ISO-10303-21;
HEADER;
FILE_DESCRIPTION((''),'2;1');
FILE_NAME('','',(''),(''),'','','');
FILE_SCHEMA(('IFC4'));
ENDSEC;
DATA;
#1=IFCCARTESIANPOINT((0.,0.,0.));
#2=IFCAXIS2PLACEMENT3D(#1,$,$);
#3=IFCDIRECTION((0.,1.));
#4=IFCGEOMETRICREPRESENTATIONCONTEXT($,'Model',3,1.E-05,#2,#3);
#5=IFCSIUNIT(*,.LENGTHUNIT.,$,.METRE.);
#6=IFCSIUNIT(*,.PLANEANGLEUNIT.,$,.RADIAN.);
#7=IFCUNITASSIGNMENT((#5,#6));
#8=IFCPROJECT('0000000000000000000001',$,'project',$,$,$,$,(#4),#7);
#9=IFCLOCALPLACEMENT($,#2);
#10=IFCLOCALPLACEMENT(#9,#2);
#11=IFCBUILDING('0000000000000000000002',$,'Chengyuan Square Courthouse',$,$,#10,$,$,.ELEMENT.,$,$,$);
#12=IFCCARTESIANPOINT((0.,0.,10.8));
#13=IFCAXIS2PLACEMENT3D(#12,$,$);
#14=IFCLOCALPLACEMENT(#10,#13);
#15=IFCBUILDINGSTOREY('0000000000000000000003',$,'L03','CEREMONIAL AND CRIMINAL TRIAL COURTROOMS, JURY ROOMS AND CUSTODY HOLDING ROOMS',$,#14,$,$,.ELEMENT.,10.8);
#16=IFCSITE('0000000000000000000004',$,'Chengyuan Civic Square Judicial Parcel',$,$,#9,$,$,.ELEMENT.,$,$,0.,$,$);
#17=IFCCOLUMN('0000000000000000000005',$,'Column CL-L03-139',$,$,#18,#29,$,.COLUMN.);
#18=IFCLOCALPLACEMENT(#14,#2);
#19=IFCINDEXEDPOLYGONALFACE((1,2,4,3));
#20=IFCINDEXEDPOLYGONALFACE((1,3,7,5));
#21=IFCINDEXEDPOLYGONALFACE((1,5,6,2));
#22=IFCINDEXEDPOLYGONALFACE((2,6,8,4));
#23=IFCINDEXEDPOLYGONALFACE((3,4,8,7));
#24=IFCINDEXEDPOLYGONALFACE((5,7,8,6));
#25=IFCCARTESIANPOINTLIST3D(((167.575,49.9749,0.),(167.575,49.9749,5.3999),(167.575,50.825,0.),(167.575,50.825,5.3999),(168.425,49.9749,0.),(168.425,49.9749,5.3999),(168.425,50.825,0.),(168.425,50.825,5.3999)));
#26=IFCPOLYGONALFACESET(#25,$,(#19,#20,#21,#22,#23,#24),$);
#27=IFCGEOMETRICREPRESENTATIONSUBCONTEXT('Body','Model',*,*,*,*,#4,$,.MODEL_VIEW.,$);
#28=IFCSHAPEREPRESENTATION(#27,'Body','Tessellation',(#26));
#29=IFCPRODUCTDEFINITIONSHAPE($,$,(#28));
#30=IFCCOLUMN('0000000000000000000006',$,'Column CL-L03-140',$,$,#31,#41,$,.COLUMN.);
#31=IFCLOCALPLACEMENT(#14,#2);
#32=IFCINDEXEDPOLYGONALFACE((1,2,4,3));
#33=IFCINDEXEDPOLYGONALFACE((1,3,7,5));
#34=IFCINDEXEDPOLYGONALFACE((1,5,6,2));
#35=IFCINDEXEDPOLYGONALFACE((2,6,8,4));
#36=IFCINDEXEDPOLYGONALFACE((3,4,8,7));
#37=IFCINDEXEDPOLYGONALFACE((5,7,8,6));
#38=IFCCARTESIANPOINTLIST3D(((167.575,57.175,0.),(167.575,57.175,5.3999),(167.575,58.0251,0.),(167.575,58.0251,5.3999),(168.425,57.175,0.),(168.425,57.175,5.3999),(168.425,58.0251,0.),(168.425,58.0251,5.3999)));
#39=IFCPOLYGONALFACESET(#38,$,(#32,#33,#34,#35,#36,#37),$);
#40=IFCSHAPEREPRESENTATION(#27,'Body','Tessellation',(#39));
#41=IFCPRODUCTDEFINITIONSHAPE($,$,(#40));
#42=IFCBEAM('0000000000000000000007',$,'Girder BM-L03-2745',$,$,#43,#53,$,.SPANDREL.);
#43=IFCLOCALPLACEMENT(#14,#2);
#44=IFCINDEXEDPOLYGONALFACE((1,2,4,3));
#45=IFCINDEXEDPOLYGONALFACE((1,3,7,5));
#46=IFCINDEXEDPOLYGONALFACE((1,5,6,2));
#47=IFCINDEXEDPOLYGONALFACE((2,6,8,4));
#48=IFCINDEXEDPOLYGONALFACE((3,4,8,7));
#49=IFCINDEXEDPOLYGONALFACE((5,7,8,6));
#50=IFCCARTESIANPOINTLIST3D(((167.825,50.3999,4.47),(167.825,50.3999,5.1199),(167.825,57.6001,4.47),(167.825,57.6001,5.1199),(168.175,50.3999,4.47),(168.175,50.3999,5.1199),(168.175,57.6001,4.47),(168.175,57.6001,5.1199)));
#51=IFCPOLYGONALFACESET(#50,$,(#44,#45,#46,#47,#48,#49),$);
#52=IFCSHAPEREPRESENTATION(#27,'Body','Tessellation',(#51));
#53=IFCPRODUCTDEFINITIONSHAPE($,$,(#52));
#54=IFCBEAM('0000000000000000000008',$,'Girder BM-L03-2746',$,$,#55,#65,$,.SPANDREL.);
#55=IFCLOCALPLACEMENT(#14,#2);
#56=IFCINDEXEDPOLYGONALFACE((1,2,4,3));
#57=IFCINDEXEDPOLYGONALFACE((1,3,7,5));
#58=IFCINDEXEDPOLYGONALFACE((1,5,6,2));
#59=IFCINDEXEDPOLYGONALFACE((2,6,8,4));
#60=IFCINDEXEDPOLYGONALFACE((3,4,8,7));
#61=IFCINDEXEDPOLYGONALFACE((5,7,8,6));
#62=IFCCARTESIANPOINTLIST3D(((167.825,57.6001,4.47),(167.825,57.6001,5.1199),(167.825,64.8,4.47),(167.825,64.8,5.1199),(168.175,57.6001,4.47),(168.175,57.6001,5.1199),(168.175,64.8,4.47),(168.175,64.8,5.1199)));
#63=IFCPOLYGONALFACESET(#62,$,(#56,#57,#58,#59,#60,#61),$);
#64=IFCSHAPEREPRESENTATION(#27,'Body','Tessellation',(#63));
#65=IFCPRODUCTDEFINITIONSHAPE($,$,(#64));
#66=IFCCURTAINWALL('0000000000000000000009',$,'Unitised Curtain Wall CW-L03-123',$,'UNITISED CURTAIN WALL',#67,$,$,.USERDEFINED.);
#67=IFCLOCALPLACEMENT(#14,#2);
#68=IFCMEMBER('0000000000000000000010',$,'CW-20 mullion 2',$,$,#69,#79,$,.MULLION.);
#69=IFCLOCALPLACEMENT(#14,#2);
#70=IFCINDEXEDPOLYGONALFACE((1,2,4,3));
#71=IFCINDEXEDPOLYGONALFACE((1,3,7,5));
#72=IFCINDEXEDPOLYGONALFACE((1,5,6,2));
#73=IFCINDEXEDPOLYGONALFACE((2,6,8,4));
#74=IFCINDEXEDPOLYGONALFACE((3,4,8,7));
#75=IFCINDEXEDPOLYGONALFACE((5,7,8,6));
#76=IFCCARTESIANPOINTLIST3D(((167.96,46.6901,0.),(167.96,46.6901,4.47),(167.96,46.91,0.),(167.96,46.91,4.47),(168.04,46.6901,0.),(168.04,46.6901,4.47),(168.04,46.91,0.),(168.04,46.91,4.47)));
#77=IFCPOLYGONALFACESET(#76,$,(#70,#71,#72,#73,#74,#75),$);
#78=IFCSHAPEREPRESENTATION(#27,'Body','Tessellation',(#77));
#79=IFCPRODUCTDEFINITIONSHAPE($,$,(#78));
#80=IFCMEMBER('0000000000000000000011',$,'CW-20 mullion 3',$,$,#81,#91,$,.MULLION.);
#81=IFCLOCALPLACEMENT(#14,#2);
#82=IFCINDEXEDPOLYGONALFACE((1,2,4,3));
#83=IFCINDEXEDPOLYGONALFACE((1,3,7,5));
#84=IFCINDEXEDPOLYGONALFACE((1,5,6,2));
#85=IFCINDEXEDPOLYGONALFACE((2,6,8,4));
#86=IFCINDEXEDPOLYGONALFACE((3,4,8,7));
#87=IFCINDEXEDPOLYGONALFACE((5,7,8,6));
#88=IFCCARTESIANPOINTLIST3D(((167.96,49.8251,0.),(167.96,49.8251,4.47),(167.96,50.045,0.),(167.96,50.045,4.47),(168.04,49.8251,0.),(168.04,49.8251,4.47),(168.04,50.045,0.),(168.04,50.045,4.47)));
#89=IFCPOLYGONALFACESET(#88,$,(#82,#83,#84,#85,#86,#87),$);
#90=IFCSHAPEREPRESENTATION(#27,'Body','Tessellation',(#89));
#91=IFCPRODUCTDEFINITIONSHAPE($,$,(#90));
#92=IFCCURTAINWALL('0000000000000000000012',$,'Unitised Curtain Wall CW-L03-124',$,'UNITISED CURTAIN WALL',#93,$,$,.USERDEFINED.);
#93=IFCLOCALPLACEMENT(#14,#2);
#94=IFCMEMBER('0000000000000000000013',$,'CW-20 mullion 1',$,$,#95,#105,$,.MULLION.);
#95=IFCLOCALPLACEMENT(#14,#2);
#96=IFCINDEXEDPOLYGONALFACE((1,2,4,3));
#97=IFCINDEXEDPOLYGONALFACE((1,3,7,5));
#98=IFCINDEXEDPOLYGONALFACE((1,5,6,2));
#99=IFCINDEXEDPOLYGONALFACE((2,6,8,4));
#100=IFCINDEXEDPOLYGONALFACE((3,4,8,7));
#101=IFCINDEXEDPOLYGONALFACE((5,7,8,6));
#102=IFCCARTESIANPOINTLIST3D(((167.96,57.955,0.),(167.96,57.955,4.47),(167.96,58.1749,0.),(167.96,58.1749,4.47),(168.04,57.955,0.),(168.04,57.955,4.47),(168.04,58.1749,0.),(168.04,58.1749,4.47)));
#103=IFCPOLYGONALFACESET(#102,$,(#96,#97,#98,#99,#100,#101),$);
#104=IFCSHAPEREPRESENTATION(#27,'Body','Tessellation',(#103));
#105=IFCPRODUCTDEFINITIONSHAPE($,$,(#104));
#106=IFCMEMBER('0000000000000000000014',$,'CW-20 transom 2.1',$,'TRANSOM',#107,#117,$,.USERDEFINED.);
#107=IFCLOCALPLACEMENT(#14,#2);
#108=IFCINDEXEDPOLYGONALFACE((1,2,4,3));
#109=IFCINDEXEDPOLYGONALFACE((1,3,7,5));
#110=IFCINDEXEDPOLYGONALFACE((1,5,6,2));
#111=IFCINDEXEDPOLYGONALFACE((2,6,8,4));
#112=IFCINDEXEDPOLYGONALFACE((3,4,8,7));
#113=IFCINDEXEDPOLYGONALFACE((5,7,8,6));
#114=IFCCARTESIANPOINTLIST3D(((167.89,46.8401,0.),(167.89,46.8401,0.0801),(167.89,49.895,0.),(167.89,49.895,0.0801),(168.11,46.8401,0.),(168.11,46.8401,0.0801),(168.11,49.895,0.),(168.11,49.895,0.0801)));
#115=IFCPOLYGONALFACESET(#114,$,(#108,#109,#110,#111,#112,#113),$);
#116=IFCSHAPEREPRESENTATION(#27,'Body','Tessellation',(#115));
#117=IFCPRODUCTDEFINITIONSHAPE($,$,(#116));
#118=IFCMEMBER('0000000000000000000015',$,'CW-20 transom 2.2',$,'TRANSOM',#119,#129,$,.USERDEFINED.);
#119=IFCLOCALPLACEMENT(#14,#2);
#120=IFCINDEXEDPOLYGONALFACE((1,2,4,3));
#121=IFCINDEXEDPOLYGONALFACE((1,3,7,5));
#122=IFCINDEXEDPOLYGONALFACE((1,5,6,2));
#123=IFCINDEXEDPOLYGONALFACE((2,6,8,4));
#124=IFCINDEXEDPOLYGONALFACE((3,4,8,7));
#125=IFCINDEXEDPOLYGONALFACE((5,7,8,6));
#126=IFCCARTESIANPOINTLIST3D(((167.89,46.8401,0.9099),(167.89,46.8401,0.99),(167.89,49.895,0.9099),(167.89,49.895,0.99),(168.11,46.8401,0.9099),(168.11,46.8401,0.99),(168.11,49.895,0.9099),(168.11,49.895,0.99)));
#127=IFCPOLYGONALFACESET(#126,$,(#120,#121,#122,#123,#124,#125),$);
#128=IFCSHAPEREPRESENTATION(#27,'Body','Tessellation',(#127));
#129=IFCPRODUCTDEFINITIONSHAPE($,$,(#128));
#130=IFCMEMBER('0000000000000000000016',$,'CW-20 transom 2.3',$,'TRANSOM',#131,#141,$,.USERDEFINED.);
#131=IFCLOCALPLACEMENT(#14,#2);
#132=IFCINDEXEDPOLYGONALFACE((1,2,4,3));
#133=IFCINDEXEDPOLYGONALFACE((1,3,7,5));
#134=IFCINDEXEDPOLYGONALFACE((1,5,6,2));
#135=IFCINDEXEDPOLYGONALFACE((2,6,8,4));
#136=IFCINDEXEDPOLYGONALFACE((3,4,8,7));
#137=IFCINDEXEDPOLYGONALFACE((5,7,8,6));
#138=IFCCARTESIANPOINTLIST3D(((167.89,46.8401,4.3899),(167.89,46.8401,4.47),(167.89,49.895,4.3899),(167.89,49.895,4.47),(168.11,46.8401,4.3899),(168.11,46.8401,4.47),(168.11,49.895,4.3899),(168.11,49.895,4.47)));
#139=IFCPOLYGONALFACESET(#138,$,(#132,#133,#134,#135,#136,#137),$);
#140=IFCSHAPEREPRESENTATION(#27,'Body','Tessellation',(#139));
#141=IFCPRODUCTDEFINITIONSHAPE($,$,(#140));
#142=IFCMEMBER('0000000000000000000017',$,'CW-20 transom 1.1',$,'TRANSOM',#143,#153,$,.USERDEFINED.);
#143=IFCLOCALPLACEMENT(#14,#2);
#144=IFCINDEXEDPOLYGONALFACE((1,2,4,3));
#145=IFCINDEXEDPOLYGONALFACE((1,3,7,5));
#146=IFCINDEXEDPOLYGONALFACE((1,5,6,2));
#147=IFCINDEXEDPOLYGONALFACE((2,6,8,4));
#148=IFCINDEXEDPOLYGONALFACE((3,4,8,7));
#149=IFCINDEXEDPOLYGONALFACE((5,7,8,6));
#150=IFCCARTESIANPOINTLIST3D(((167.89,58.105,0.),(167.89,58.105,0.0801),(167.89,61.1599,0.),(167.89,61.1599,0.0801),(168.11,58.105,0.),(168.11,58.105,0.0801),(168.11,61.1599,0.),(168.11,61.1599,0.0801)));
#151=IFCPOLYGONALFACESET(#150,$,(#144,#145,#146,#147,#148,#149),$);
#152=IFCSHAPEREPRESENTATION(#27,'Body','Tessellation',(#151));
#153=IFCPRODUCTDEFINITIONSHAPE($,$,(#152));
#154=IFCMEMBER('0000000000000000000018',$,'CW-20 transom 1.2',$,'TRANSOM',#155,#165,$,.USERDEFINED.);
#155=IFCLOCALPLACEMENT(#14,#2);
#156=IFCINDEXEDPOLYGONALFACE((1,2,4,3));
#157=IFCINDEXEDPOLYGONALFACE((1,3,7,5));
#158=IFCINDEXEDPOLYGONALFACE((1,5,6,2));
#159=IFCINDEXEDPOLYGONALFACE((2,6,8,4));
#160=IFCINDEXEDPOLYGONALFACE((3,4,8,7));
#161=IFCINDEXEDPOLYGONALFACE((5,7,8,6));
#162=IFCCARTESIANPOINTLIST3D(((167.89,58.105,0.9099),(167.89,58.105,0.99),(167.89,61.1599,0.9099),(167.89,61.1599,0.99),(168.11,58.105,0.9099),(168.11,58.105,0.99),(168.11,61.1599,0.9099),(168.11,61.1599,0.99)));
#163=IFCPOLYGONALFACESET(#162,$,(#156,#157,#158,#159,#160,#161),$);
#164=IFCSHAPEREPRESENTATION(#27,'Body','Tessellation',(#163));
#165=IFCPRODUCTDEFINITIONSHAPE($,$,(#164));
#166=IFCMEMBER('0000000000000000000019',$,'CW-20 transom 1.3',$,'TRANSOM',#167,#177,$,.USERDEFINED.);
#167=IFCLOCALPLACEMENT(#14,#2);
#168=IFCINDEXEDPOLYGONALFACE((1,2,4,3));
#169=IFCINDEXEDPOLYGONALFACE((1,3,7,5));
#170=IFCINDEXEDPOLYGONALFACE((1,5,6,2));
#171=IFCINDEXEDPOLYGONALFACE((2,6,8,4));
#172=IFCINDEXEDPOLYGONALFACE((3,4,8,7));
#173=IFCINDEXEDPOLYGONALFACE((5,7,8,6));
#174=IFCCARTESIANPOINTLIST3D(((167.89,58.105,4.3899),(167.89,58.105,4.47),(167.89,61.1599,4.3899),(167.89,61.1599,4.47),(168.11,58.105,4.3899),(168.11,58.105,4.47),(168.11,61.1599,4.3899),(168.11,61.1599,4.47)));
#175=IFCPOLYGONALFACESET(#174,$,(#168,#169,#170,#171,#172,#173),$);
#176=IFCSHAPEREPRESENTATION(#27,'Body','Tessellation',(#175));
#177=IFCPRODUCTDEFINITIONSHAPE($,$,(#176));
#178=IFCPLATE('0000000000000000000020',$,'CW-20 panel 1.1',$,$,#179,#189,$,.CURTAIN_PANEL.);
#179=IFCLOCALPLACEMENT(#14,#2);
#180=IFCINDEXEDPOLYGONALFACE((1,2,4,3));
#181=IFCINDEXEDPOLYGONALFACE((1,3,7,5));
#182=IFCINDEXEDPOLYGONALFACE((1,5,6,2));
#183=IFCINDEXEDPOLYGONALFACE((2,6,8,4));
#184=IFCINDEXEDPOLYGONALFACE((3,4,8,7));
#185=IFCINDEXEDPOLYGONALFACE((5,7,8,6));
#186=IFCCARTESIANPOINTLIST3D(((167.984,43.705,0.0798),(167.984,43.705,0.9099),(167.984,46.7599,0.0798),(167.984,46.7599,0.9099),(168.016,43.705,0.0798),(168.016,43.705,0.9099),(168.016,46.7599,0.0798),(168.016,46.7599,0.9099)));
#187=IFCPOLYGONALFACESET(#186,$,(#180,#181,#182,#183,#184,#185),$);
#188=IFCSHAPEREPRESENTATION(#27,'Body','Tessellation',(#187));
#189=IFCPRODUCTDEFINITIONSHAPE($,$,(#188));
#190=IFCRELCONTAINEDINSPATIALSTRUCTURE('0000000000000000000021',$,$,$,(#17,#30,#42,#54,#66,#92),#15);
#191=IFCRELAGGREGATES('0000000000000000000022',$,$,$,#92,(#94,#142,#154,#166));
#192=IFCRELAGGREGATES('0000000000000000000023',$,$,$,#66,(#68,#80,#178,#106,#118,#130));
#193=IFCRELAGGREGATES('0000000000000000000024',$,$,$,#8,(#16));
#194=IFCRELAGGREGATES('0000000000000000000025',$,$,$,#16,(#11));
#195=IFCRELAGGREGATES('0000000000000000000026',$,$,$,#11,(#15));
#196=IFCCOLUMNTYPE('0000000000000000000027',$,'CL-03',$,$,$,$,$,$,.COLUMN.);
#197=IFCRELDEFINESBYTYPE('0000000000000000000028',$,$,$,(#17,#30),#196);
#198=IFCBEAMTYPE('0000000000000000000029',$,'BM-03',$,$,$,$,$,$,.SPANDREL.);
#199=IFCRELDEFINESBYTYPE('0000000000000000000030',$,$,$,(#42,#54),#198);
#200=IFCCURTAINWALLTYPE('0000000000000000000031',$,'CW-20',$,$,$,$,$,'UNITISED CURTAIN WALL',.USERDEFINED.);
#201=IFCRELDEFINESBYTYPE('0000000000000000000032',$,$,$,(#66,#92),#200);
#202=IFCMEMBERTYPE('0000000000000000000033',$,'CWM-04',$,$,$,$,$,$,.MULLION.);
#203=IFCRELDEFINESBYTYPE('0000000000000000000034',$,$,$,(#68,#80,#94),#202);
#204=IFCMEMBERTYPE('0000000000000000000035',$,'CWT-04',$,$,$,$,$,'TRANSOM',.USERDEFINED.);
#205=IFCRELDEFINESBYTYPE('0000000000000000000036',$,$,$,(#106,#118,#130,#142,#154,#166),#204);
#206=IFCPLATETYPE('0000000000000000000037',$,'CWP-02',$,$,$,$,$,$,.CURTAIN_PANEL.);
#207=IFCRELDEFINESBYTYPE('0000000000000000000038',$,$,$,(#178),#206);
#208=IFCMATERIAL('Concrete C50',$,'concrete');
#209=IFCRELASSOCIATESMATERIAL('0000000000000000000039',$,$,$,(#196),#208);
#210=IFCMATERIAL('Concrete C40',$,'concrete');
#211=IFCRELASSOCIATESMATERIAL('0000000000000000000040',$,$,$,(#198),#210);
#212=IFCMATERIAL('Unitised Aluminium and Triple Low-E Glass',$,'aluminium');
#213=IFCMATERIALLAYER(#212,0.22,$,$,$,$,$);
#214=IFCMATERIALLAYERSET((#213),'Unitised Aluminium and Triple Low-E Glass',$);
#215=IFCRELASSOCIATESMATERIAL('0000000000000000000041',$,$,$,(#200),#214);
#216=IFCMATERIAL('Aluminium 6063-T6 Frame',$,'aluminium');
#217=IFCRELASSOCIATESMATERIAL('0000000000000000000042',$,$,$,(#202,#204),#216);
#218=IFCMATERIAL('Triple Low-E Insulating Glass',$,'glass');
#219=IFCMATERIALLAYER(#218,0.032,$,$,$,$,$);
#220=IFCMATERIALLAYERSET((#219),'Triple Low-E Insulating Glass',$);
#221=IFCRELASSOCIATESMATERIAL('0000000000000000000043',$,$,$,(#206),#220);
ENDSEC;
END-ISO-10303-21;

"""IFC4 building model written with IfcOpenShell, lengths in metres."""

from ifc_helpers import new_model, si_unit, direction, frame, origin, origin_2d, place, context, subcontext, project, spatial, rectangle, extrude, material, layer, layer_set, material_profile, profile_set, type_object, element, aggregate, save


model = new_model("IFC4")

# Units and contexts
model_context = context("Model", 3, precision=1e-05, world=origin(), true_north=direction((0.0, 1.0)))
body_context = subcontext(model_context, "Body", "Model", "MODEL_VIEW")
ifc_project = project(units=[si_unit("LENGTHUNIT", "METRE"), si_unit("PLANEANGLEUNIT", "RADIAN")], contexts=[model_context])

# Site, building, storey
site_placement = place(None, origin())
site = spatial("IfcSite", under=ifc_project, at=site_placement, Name="Chengyuan Civic Square Judicial Parcel", CompositionType="ELEMENT", RefElevation=0.0)
building_placement = place(site_placement, origin())
building = spatial("IfcBuilding", under=site, at=building_placement, Name="Chengyuan Square Courthouse", CompositionType="ELEMENT")
storey_placement = place(building_placement, frame((0.0, 0.0, 10.8)))
storey = spatial("IfcBuildingStorey", under=building, at=storey_placement, Name="L03", Description="CEREMONIAL AND CRIMINAL TRIAL COURTROOMS, JURY ROOMS AND CUSTODY HOLDING ROOMS", CompositionType="ELEMENT", Elevation=10.8)

# Columns
ifc_material_1 = material(Name="Concrete C50", Category="concrete")
ifc_material_profile_1 = material_profile(ifc_material_1, rectangle(XDim=0.8501, YDim=0.8501, at=origin_2d()), Name="RC-COL-850x850")
ifc_profile_set_1 = profile_set([ifc_material_profile_1], Name="Concrete C50")
column_type = type_object("IfcColumnType", Name="CL-03", PredefinedType="COLUMN", material=ifc_profile_set_1)
for number, where, z_axis, x_axis, name in (
    (1, (168.0, 50.3999, 0.0), (0.0, 0.0, 1.0), (1.0, 0.0, 0.0), "Column CL-L03-139"),
    (2, (168.0, 57.6001, 0.0), (0.0, 0.0, 1.0), (1.0, 0.0, 0.0), "Column CL-L03-140"),
):
    element("IfcColumn", number, at=place(storey_placement, frame(where, z_axis=z_axis, x_axis=x_axis)), inside=storey, type_object=column_type, Name=name, PredefinedType="COLUMN", context=body_context, shape_type="SweptSolid", body=[
        extrude(rectangle(XDim=0.8501, YDim=0.8501, at=origin_2d()), origin(), (0.0, 0.0, 1.0), 5.3999),
    ])

# Beams
ifc_material_2 = material(Name="Concrete C40", Category="concrete")
ifc_material_profile_2 = material_profile(ifc_material_2, rectangle(XDim=0.3501, YDim=0.6499, at=origin_2d()), Name="RC-BM-350x650")
ifc_profile_set_2 = profile_set([ifc_material_profile_2], Name="Concrete C40")
beam_type = type_object("IfcBeamType", Name="BM-03", PredefinedType="SPANDREL", material=ifc_profile_set_2)
beam_1_placement = place(storey_placement, frame((168.0, 50.3999, 4.7949), z_axis=(0.0, 1.0, 0.0), x_axis=(-1.0, 0.0, 0.0)))
element("IfcBeam", 3, at=beam_1_placement, inside=storey, type_object=beam_type, Name="Girder BM-L03-2745", PredefinedType="SPANDREL", context=body_context, shape_type="SweptSolid", body=[
    extrude(rectangle(XDim=0.3501, YDim=0.6499, at=origin_2d()), origin(), (0.0, 0.0, 1.0), 7.2002),
])
beam_2_placement = place(storey_placement, frame((168.0, 57.6001, 4.7949), z_axis=(0.0, 1.0, 0.0), x_axis=(-1.0, 0.0, 0.0)))
element("IfcBeam", 4, at=beam_2_placement, inside=storey, type_object=beam_type, Name="Girder BM-L03-2746", PredefinedType="SPANDREL", context=body_context, shape_type="SweptSolid", body=[
    extrude(rectangle(XDim=0.3501, YDim=0.6499, at=origin_2d()), origin(), (0.0, 0.0, 1.0), 7.2),
])

# Curtain wall, members
ifc_material_3 = material(Name="Unitised Aluminium and Triple Low-E Glass", Category="aluminium")
ifc_layer_1 = layer(ifc_material_3, 0.22)
ifc_layer_set_1 = layer_set([ifc_layer_1], Name="Unitised Aluminium and Triple Low-E Glass")
curtain_wall_type = type_object("IfcCurtainWallType", Name="CW-20", ElementType="UNITISED CURTAIN WALL", PredefinedType="USERDEFINED", material=ifc_layer_set_1)
curtain_wall_1_placement = place(storey_placement, origin())
curtain_wall_1 = element("IfcCurtainWall", 5, at=curtain_wall_1_placement, inside=storey, type_object=curtain_wall_type, Name="Unitised Curtain Wall CW-L03-123", ObjectType="UNITISED CURTAIN WALL", PredefinedType="USERDEFINED")
ifc_material_4 = material(Name="Aluminium 6063-T6 Frame", Category="aluminium")
ifc_material_profile_3 = material_profile(ifc_material_4, rectangle(XDim=0.0801, YDim=0.22, at=origin_2d()), Name="CW-MUL-80x220")
ifc_profile_set_3 = profile_set([ifc_material_profile_3], Name="Aluminium 6063-T6 Frame")
member_type_1 = type_object("IfcMemberType", Name="CWM-04", PredefinedType="MULLION", material=ifc_profile_set_3)
member_1_placement = place(storey_placement, frame((168.0, 46.8, 0.0), z_axis=(0.0, 0.0, 1.0), x_axis=(-1.0, 0.0, 0.0)))
member_1 = element("IfcMember", 6, at=member_1_placement, type_object=member_type_1, Name="CW-20 mullion 2", PredefinedType="MULLION", context=body_context, shape_type="SweptSolid", body=[
    extrude(rectangle(XDim=0.0801, YDim=0.22, at=origin_2d()), origin(), (0.0, 0.0, 1.0), 4.47),
])
member_2_placement = place(storey_placement, frame((168.0, 49.9351, 0.0), z_axis=(0.0, 0.0, 1.0), x_axis=(-1.0, 0.0, 0.0)))
member_2 = element("IfcMember", 7, at=member_2_placement, type_object=member_type_1, Name="CW-20 mullion 3", PredefinedType="MULLION", context=body_context, shape_type="SweptSolid", body=[
    extrude(rectangle(XDim=0.0801, YDim=0.22, at=origin_2d()), origin(), (0.0, 0.0, 1.0), 4.47),
])

# Curtain wall, member
curtain_wall_2_placement = place(storey_placement, origin())
curtain_wall_2 = element("IfcCurtainWall", 8, at=curtain_wall_2_placement, inside=storey, type_object=curtain_wall_type, Name="Unitised Curtain Wall CW-L03-124", ObjectType="UNITISED CURTAIN WALL", PredefinedType="USERDEFINED")
member_3_placement = place(storey_placement, frame((168.0, 58.0649, 0.0), z_axis=(0.0, 0.0, 1.0), x_axis=(-1.0, 0.0, 0.0)))
member_3 = element("IfcMember", 9, at=member_3_placement, type_object=member_type_1, Name="CW-20 mullion 1", PredefinedType="MULLION", context=body_context, shape_type="SweptSolid", body=[
    extrude(rectangle(XDim=0.0801, YDim=0.22, at=origin_2d()), origin(), (0.0, 0.0, 1.0), 4.47),
])

# Members
ifc_material_profile_4 = material_profile(ifc_material_4, rectangle(XDim=0.22, YDim=0.0801, at=origin_2d()), Name="CW-TRN-80x180")
ifc_profile_set_4 = profile_set([ifc_material_profile_4], Name="Aluminium 6063-T6 Frame")
member_type_2 = type_object("IfcMemberType", Name="CWT-04", ElementType="TRANSOM", PredefinedType="USERDEFINED", material=ifc_profile_set_4)
member_4_placement = place(storey_placement, frame((168.0, 46.8401, 0.04), z_axis=(0.0, 1.0, 0.0), x_axis=(-1.0, 0.0, 0.0)))
member_4 = element("IfcMember", 10, at=member_4_placement, type_object=member_type_2, Name="CW-20 transom 2.1", ObjectType="TRANSOM", PredefinedType="USERDEFINED", context=body_context, shape_type="SweptSolid", body=[
    extrude(rectangle(XDim=0.22, YDim=0.0801, at=origin_2d()), origin(), (0.0, 0.0, 1.0), 3.0549),
])
member_5_placement = place(storey_placement, frame((168.0, 46.8401, 0.95), z_axis=(0.0, 1.0, 0.0), x_axis=(-1.0, 0.0, 0.0)))
member_5 = element("IfcMember", 11, at=member_5_placement, type_object=member_type_2, Name="CW-20 transom 2.2", ObjectType="TRANSOM", PredefinedType="USERDEFINED", context=body_context, shape_type="SweptSolid", body=[
    extrude(rectangle(XDim=0.22, YDim=0.0801, at=origin_2d()), origin(), (0.0, 0.0, 1.0), 3.0549),
])
member_6_placement = place(storey_placement, frame((168.0, 46.8401, 4.4299), z_axis=(0.0, 1.0, 0.0), x_axis=(-1.0, 0.0, 0.0)))
member_6 = element("IfcMember", 12, at=member_6_placement, type_object=member_type_2, Name="CW-20 transom 2.3", ObjectType="TRANSOM", PredefinedType="USERDEFINED", context=body_context, shape_type="SweptSolid", body=[
    extrude(rectangle(XDim=0.22, YDim=0.0801, at=origin_2d()), origin(), (0.0, 0.0, 1.0), 3.0549),
])
member_7_placement = place(storey_placement, frame((168.0, 58.105, 0.04), z_axis=(0.0, 1.0, 0.0), x_axis=(-1.0, 0.0, 0.0)))
member_7 = element("IfcMember", 13, at=member_7_placement, type_object=member_type_2, Name="CW-20 transom 1.1", ObjectType="TRANSOM", PredefinedType="USERDEFINED", context=body_context, shape_type="SweptSolid", body=[
    extrude(rectangle(XDim=0.22, YDim=0.0801, at=origin_2d()), origin(), (0.0, 0.0, 1.0), 3.0549),
])
member_8_placement = place(storey_placement, frame((168.0, 58.105, 0.95), z_axis=(0.0, 1.0, 0.0), x_axis=(-1.0, 0.0, 0.0)))
member_8 = element("IfcMember", 14, at=member_8_placement, type_object=member_type_2, Name="CW-20 transom 1.2", ObjectType="TRANSOM", PredefinedType="USERDEFINED", context=body_context, shape_type="SweptSolid", body=[
    extrude(rectangle(XDim=0.22, YDim=0.0801, at=origin_2d()), origin(), (0.0, 0.0, 1.0), 3.0549),
])
member_9_placement = place(storey_placement, frame((168.0, 58.105, 4.4299), z_axis=(0.0, 1.0, 0.0), x_axis=(-1.0, 0.0, 0.0)))
member_9 = element("IfcMember", 15, at=member_9_placement, type_object=member_type_2, Name="CW-20 transom 1.3", ObjectType="TRANSOM", PredefinedType="USERDEFINED", context=body_context, shape_type="SweptSolid", body=[
    extrude(rectangle(XDim=0.22, YDim=0.0801, at=origin_2d()), origin(), (0.0, 0.0, 1.0), 3.0549),
])
aggregate(curtain_wall_2, [member_3, member_7, member_8, member_9])

# Plate
ifc_material_5 = material(Name="Triple Low-E Insulating Glass", Category="glass")
ifc_layer_2 = layer(ifc_material_5, 0.032)
ifc_layer_set_2 = layer_set([ifc_layer_2], Name="Triple Low-E Insulating Glass")
plate_type = type_object("IfcPlateType", Name="CWP-02", PredefinedType="CURTAIN_PANEL", material=ifc_layer_set_2)
plate_1_placement = place(storey_placement, frame((168.0, 45.2324, 0.0798), z_axis=(0.0, 0.0, 1.0), x_axis=(0.0, 1.0, 0.0)))
plate_1 = element("IfcPlate", 16, at=plate_1_placement, type_object=plate_type, Name="CW-20 panel 1.1", PredefinedType="CURTAIN_PANEL", context=body_context, shape_type="SweptSolid", body=[
    extrude(rectangle(XDim=3.0549, YDim=0.032, at=origin_2d()), origin(), (0.0, 0.0, 1.0), 0.8301),
])
aggregate(curtain_wall_1, [member_1, member_2, plate_1, member_4, member_5, member_6])

save(model, "model.ifc")
